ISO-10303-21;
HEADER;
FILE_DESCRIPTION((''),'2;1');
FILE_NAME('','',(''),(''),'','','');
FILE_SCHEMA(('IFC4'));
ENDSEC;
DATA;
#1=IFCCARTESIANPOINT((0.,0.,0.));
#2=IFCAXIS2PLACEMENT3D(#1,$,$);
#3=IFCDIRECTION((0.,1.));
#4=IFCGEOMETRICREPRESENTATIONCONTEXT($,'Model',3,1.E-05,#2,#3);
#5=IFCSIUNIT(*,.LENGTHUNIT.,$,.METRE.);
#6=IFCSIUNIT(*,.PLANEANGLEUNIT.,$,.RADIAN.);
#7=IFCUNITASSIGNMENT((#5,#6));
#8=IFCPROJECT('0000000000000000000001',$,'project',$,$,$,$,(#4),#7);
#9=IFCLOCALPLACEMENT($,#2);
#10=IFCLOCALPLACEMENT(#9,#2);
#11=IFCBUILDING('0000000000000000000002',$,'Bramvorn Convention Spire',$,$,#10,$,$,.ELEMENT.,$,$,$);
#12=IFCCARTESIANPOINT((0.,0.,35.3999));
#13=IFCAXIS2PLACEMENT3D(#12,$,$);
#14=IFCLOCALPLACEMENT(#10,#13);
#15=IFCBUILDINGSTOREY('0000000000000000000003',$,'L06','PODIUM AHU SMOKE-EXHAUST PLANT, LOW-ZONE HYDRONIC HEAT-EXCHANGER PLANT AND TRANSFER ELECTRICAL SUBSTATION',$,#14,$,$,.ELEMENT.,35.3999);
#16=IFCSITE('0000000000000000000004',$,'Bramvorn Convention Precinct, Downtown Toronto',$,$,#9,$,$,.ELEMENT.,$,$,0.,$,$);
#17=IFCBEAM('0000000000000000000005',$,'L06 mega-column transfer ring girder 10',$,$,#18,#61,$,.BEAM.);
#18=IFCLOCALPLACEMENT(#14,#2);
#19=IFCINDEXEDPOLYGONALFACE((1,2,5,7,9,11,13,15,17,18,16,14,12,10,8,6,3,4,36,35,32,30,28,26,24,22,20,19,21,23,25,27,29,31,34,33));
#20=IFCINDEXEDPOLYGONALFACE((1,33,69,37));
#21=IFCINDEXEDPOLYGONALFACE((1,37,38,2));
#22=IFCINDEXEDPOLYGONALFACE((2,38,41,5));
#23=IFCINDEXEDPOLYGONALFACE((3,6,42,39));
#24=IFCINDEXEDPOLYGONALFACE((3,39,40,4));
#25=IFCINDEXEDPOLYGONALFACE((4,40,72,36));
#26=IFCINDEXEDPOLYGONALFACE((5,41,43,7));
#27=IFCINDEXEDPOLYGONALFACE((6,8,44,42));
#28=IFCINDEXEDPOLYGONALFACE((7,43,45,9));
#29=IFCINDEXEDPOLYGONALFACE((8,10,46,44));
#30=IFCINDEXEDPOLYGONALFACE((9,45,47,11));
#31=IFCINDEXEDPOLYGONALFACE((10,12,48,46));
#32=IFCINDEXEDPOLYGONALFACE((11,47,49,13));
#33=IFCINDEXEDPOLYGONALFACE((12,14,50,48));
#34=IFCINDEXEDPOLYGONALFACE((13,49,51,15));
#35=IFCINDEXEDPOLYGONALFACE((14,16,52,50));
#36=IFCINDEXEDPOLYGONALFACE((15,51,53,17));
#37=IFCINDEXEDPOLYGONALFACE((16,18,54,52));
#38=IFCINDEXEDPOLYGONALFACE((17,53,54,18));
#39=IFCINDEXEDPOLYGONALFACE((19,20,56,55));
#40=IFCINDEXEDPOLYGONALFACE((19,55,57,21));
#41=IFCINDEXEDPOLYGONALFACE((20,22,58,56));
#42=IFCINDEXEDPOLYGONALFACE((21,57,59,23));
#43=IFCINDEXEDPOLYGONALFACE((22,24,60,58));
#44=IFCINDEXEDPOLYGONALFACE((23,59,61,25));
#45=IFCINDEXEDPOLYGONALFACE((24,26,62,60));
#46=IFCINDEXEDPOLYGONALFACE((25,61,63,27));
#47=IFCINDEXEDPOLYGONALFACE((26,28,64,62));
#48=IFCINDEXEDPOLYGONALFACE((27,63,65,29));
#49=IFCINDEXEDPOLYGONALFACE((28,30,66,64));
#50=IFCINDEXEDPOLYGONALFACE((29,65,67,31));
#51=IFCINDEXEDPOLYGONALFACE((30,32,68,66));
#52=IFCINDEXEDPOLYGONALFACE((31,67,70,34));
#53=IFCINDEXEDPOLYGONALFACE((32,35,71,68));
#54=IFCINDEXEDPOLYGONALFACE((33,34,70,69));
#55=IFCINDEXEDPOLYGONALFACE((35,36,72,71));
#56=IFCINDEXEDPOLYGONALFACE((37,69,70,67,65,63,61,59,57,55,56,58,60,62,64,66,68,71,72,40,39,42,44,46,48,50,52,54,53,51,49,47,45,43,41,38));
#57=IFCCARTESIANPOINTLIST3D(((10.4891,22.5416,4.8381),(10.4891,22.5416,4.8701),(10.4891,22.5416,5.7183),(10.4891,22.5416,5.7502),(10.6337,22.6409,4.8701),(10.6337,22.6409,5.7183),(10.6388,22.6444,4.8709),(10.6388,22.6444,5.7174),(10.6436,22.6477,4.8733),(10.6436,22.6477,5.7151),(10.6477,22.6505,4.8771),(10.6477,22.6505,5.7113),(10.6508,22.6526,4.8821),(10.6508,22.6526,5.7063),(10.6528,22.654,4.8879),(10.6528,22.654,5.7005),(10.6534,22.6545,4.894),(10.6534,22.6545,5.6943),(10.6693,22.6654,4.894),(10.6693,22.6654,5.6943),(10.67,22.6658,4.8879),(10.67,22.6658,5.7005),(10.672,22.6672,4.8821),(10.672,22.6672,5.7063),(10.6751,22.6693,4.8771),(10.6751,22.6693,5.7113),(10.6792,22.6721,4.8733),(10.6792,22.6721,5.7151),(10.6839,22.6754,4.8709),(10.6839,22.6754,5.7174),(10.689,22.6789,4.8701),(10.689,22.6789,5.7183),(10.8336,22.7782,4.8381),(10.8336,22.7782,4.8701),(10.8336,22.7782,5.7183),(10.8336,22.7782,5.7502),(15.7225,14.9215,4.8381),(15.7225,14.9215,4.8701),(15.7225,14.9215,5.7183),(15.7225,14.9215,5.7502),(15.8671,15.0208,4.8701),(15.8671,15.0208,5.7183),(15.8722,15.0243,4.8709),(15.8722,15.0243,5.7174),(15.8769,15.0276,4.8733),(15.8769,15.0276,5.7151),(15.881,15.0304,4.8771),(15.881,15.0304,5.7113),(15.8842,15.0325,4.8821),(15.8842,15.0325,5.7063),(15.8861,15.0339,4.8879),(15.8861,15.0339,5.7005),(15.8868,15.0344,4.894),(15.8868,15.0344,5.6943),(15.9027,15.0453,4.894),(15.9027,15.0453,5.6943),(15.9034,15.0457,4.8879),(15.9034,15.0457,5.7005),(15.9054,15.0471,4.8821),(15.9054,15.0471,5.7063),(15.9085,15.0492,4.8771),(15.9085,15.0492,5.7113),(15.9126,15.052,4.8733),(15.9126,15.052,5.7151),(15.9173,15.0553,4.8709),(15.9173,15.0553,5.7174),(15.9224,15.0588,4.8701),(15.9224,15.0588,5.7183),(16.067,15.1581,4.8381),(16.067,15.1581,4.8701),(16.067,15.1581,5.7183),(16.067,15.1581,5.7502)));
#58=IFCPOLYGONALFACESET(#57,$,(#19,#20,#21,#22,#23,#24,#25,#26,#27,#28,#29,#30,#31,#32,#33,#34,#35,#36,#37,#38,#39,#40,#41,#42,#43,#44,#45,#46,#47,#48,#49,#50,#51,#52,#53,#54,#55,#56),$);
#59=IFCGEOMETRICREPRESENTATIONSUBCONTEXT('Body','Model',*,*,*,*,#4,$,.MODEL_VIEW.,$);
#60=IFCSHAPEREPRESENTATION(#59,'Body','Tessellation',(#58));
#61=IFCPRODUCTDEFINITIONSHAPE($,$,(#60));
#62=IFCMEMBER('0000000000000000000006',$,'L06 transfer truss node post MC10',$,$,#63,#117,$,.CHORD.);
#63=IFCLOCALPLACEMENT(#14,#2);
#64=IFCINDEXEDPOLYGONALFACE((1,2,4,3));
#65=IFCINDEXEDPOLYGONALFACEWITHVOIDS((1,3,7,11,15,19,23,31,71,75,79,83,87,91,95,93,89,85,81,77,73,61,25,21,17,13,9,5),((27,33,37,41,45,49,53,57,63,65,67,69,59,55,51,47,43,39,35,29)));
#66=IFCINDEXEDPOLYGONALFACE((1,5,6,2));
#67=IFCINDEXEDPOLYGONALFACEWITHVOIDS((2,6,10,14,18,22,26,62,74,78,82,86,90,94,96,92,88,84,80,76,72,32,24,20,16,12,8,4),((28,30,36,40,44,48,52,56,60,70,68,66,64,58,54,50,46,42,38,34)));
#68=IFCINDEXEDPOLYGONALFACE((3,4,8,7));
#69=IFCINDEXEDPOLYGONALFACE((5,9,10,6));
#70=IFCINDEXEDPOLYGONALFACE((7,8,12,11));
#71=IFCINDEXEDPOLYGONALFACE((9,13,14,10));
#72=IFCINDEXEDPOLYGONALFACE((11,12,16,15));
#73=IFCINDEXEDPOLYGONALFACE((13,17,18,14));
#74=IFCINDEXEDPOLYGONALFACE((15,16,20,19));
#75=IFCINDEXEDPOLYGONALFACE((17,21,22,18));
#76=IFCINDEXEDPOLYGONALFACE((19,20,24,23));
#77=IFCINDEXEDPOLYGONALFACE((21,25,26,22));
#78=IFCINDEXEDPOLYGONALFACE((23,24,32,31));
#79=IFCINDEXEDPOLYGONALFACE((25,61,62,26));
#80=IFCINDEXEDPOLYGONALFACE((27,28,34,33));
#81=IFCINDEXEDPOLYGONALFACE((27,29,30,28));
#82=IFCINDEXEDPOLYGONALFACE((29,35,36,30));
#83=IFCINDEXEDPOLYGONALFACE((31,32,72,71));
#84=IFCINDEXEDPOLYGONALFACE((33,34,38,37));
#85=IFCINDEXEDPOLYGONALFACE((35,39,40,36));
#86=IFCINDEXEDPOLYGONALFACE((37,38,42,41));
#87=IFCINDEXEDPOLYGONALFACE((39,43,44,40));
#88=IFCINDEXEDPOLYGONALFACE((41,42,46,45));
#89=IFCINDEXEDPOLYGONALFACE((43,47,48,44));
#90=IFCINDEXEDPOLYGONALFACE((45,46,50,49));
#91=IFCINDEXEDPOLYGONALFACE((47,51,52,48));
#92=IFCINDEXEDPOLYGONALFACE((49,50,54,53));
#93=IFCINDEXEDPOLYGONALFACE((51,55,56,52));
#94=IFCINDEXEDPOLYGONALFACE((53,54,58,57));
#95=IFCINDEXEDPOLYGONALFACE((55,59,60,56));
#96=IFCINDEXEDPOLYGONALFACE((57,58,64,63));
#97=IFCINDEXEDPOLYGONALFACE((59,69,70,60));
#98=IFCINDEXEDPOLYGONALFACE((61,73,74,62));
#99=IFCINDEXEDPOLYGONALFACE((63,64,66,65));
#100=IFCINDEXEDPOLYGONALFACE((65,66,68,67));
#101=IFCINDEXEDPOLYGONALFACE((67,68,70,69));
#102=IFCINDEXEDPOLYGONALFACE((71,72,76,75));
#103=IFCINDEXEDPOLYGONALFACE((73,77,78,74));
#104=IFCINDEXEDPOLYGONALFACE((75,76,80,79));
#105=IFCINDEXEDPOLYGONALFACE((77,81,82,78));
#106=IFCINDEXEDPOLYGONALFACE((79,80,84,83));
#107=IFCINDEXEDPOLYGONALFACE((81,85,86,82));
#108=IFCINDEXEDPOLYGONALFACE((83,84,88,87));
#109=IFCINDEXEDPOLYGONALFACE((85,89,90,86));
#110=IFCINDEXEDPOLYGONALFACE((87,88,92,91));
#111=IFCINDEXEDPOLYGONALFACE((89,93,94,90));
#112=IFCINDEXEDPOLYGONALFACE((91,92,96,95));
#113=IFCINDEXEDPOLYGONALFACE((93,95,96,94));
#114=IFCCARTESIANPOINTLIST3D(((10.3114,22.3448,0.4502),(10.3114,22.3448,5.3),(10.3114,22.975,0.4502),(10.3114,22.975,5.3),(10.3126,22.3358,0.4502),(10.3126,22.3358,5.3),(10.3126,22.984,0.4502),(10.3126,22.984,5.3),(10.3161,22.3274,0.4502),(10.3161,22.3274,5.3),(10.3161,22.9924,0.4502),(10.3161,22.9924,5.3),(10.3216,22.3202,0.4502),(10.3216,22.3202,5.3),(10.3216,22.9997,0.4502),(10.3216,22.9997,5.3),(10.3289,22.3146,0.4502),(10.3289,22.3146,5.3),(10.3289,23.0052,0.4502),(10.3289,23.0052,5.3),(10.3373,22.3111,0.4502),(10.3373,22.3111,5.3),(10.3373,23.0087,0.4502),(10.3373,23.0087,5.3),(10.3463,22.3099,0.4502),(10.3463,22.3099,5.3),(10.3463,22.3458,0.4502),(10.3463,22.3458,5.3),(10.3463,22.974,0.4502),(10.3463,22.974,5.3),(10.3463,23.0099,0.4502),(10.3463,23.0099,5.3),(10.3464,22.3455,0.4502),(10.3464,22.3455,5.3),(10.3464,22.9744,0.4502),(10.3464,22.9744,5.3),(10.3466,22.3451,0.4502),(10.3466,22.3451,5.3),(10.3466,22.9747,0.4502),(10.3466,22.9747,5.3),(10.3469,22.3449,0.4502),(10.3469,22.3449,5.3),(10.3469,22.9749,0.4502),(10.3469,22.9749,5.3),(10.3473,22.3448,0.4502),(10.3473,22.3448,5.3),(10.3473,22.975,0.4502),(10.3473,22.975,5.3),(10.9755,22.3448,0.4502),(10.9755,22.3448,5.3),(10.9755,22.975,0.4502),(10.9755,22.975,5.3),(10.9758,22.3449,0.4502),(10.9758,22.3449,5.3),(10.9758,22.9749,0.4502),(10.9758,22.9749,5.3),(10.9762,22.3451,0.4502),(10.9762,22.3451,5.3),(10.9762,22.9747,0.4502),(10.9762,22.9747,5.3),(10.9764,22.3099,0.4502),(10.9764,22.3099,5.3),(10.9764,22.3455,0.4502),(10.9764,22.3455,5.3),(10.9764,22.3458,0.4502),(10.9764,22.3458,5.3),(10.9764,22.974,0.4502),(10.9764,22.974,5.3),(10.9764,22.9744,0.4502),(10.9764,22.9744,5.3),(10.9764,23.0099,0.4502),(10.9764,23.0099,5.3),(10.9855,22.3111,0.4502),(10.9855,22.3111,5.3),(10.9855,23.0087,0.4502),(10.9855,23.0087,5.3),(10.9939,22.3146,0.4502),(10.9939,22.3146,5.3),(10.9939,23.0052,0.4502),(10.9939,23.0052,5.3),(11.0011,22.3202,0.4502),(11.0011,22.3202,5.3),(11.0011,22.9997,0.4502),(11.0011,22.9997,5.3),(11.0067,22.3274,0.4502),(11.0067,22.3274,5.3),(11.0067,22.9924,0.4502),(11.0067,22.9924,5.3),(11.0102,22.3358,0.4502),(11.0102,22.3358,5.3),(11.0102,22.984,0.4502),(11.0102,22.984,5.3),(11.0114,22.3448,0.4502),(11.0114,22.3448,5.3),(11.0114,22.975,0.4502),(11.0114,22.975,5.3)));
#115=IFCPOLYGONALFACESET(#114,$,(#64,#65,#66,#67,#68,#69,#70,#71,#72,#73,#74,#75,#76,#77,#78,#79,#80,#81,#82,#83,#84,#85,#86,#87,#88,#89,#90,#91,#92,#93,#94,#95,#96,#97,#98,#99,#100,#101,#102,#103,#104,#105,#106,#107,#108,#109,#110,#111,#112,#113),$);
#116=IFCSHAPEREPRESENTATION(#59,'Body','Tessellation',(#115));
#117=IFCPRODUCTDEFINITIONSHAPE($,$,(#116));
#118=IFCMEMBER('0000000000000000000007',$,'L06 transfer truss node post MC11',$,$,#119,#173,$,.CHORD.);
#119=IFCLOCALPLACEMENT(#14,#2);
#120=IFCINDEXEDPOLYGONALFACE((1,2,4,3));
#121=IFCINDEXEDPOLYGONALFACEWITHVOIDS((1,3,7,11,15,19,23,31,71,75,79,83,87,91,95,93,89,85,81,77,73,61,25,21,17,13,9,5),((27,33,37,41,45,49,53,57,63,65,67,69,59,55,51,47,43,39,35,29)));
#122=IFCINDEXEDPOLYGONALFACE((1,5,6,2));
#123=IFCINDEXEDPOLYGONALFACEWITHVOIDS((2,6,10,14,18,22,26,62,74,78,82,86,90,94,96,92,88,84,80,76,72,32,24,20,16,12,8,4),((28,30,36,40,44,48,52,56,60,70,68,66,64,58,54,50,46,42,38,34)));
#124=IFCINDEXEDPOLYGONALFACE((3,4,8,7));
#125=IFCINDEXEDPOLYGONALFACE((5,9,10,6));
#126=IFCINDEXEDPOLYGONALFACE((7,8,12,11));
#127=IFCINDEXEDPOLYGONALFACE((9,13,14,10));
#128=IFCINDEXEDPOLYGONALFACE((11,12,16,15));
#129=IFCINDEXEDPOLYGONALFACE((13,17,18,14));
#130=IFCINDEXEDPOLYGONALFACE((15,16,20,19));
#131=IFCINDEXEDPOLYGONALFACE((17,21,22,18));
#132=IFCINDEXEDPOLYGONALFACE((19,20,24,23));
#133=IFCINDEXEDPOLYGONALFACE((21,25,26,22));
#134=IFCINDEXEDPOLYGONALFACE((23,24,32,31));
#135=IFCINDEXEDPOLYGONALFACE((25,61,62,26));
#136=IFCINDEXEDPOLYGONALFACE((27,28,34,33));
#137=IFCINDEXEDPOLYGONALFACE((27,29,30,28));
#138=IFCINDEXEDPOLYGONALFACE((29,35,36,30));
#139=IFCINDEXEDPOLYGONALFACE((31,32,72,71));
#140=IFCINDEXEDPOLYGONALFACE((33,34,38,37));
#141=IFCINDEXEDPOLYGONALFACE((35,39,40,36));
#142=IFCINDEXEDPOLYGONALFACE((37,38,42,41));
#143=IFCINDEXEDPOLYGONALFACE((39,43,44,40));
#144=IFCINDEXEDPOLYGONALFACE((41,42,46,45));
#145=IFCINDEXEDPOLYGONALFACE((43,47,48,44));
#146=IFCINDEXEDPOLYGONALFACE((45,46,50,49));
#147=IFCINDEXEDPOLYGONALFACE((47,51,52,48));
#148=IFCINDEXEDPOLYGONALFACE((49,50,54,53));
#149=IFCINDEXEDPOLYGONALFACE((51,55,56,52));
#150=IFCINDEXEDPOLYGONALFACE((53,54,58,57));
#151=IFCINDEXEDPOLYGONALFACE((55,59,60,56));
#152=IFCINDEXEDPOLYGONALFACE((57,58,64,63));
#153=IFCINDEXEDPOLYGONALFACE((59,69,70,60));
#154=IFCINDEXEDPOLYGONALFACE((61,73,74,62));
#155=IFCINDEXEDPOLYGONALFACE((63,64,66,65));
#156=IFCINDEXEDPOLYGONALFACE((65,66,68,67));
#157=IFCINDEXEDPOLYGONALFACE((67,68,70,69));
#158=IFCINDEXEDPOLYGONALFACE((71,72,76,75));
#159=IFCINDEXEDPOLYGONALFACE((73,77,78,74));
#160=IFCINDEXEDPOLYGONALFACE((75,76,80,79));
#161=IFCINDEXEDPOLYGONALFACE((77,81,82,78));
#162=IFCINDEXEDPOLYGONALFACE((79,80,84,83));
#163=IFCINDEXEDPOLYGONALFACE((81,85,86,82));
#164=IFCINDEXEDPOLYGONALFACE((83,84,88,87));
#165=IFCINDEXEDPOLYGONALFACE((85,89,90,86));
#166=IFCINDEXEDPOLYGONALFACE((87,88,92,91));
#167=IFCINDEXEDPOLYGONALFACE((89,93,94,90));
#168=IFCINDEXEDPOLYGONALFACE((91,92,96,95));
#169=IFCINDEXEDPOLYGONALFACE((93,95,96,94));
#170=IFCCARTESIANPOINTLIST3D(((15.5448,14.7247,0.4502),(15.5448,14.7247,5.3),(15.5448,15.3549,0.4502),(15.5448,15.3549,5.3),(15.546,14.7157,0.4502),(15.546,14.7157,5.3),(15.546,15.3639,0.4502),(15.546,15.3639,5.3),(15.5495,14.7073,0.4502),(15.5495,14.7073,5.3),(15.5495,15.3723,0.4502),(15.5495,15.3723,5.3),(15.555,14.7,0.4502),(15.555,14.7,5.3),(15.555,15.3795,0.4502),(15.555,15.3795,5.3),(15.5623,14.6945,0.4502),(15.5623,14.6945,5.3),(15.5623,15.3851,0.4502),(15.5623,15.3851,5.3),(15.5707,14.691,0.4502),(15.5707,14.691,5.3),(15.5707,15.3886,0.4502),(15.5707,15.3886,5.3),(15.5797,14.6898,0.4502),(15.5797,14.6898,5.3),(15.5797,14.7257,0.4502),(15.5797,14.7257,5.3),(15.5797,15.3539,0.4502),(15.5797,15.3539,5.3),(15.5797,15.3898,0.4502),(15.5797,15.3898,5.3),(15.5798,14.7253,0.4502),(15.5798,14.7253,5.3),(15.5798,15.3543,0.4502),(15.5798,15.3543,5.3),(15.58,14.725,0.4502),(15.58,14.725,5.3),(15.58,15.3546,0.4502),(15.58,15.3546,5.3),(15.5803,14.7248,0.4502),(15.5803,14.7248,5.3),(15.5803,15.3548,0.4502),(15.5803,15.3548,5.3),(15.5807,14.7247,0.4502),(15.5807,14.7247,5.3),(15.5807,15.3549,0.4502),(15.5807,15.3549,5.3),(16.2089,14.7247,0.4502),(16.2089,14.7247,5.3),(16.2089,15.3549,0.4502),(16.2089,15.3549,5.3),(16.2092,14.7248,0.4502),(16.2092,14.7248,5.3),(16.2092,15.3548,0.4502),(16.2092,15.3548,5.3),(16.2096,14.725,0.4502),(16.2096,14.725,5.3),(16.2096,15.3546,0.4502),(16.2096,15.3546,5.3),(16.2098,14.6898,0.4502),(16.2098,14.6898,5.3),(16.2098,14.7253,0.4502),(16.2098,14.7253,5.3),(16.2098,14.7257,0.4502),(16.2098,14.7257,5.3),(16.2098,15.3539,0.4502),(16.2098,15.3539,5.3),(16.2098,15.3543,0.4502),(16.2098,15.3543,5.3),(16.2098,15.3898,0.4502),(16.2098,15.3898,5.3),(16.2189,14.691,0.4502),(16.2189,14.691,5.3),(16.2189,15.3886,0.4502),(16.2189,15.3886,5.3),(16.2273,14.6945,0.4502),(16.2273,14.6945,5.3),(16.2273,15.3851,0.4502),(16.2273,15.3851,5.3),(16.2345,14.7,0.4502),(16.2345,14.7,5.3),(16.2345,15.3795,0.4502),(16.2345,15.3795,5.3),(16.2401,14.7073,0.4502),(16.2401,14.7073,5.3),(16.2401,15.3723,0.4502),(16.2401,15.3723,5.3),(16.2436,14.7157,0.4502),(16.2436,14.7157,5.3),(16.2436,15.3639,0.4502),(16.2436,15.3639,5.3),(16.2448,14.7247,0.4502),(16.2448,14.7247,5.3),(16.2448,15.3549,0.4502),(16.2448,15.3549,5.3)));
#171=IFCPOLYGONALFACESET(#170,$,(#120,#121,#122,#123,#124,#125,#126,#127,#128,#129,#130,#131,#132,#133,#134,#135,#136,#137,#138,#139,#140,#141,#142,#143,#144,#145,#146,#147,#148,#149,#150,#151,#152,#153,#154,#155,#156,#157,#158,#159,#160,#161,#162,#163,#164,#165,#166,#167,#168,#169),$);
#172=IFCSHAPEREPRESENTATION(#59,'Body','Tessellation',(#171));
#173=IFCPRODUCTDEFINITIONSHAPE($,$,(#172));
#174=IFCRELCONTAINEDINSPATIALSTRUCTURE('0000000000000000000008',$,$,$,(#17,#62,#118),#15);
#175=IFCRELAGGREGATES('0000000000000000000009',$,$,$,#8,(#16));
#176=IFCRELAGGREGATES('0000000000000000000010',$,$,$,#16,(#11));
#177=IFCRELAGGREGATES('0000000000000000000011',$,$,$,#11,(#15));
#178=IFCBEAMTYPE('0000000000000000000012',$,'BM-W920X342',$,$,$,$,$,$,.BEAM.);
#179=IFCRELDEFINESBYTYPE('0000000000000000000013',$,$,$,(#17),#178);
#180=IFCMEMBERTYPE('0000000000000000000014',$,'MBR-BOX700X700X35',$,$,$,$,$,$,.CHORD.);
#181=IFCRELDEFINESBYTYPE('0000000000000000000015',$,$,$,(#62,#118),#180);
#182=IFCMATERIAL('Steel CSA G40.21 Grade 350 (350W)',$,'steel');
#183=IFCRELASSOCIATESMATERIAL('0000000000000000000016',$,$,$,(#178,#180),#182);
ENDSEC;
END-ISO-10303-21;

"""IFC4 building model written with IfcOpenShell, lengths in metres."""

from ifc_helpers import new_model, si_unit, direction, frame, origin, origin_2d, place, context, subcontext, project, spatial, hollow_rectangle, i_section, extrude, material, material_profile, profile_set, type_object, element, save


model = new_model("IFC4")

# Units and contexts
model_context = context("Model", 3, precision=1e-05, world=origin(), true_north=direction((0.0, 1.0)))
body_context = subcontext(model_context, "Body", "Model", "MODEL_VIEW")
ifc_project = project(units=[si_unit("LENGTHUNIT", "METRE"), si_unit("PLANEANGLEUNIT", "RADIAN")], contexts=[model_context])

# Site, building, storey
site_placement = place(None, origin())
site = spatial("IfcSite", under=ifc_project, at=site_placement, Name="Bramvorn Convention Precinct, Downtown Toronto", CompositionType="ELEMENT", RefElevation=0.0)
building_placement = place(site_placement, origin())
building = spatial("IfcBuilding", under=site, at=building_placement, Name="Bramvorn Convention Spire", CompositionType="ELEMENT")
storey_placement = place(building_placement, frame((0.0, 0.0, 35.3999)))
storey = spatial("IfcBuildingStorey", under=building, at=storey_placement, Name="L06", Description="PODIUM AHU SMOKE-EXHAUST PLANT, LOW-ZONE HYDRONIC HEAT-EXCHANGER PLANT AND TRANSFER ELECTRICAL SUBSTATION", CompositionType="ELEMENT", Elevation=35.3999)

# Shared definitions
ifc_material_1 = material(Name="Steel CSA G40.21 Grade 350 (350W)", Category="steel")

# Beam
ifc_material_profile_1 = material_profile(ifc_material_1, i_section(OverallWidth=0.418, OverallDepth=0.9121, WebThickness=0.0193, FlangeThickness=0.032, FilletRadius=0.0239, at=origin_2d()))
ifc_profile_set_1 = profile_set([ifc_material_profile_1], Name="Steel CSA G40.21 Grade 350 (350W) - W920X342")
beam_type_1 = type_object("IfcBeamType", Name="BM-W920X342", PredefinedType="BEAM", material=ifc_profile_set_1)
beam_1_placement = place(storey_placement, frame((10.6614, 22.6599, 5.2942), z_axis=(0.56613, -0.824316, 0.0), x_axis=(0.824316, 0.56613, 0.0)))
element("IfcBeam", 1, at=beam_1_placement, inside=storey, type_object=beam_type_1, Name="L06 mega-column transfer ring girder 10", PredefinedType="BEAM", context=body_context, shape_type="SweptSolid", body=[
    extrude(i_section(OverallWidth=0.418, OverallDepth=0.9121, WebThickness=0.0193, FlangeThickness=0.032, FilletRadius=0.0239, at=origin_2d()), origin(), (0.0, 0.0, 1.0), 9.2441),
])

# Members
ifc_material_profile_2 = material_profile(ifc_material_1, hollow_rectangle(XDim=0.7, YDim=0.7, WallThickness=0.0349, InnerFilletRadius=0.001, OuterFilletRadius=0.0349, at=origin_2d()))
ifc_profile_set_2 = profile_set([ifc_material_profile_2], Name="Steel CSA G40.21 Grade 350 (350W) - BOX700X700X35")
member_type_1 = type_object("IfcMemberType", Name="MBR-BOX700X700X35", PredefinedType="CHORD", material=ifc_profile_set_2)
for number, where, z_axis, x_axis, name in (
    (2, (10.6614, 22.6599, 0.4502), (0.0, 0.0, 1.0), (1.0, 0.0, 0.0), "L06 transfer truss node post MC10"),
    (3, (15.8948, 15.0398, 0.4502), (0.0, 0.0, 1.0), (1.0, 0.0, 0.0), "L06 transfer truss node post MC11"),
):
    element("IfcMember", number, at=place(storey_placement, frame(where, z_axis=z_axis, x_axis=x_axis)), inside=storey, type_object=member_type_1, Name=name, PredefinedType="CHORD", context=body_context, shape_type="SweptSolid", body=[
        extrude(hollow_rectangle(XDim=0.7, YDim=0.7, WallThickness=0.0349, InnerFilletRadius=0.001, OuterFilletRadius=0.0349, at=origin_2d()), origin(), (0.0, 0.0, 1.0), 4.8499),
    ])

save(model, "model.ifc")
